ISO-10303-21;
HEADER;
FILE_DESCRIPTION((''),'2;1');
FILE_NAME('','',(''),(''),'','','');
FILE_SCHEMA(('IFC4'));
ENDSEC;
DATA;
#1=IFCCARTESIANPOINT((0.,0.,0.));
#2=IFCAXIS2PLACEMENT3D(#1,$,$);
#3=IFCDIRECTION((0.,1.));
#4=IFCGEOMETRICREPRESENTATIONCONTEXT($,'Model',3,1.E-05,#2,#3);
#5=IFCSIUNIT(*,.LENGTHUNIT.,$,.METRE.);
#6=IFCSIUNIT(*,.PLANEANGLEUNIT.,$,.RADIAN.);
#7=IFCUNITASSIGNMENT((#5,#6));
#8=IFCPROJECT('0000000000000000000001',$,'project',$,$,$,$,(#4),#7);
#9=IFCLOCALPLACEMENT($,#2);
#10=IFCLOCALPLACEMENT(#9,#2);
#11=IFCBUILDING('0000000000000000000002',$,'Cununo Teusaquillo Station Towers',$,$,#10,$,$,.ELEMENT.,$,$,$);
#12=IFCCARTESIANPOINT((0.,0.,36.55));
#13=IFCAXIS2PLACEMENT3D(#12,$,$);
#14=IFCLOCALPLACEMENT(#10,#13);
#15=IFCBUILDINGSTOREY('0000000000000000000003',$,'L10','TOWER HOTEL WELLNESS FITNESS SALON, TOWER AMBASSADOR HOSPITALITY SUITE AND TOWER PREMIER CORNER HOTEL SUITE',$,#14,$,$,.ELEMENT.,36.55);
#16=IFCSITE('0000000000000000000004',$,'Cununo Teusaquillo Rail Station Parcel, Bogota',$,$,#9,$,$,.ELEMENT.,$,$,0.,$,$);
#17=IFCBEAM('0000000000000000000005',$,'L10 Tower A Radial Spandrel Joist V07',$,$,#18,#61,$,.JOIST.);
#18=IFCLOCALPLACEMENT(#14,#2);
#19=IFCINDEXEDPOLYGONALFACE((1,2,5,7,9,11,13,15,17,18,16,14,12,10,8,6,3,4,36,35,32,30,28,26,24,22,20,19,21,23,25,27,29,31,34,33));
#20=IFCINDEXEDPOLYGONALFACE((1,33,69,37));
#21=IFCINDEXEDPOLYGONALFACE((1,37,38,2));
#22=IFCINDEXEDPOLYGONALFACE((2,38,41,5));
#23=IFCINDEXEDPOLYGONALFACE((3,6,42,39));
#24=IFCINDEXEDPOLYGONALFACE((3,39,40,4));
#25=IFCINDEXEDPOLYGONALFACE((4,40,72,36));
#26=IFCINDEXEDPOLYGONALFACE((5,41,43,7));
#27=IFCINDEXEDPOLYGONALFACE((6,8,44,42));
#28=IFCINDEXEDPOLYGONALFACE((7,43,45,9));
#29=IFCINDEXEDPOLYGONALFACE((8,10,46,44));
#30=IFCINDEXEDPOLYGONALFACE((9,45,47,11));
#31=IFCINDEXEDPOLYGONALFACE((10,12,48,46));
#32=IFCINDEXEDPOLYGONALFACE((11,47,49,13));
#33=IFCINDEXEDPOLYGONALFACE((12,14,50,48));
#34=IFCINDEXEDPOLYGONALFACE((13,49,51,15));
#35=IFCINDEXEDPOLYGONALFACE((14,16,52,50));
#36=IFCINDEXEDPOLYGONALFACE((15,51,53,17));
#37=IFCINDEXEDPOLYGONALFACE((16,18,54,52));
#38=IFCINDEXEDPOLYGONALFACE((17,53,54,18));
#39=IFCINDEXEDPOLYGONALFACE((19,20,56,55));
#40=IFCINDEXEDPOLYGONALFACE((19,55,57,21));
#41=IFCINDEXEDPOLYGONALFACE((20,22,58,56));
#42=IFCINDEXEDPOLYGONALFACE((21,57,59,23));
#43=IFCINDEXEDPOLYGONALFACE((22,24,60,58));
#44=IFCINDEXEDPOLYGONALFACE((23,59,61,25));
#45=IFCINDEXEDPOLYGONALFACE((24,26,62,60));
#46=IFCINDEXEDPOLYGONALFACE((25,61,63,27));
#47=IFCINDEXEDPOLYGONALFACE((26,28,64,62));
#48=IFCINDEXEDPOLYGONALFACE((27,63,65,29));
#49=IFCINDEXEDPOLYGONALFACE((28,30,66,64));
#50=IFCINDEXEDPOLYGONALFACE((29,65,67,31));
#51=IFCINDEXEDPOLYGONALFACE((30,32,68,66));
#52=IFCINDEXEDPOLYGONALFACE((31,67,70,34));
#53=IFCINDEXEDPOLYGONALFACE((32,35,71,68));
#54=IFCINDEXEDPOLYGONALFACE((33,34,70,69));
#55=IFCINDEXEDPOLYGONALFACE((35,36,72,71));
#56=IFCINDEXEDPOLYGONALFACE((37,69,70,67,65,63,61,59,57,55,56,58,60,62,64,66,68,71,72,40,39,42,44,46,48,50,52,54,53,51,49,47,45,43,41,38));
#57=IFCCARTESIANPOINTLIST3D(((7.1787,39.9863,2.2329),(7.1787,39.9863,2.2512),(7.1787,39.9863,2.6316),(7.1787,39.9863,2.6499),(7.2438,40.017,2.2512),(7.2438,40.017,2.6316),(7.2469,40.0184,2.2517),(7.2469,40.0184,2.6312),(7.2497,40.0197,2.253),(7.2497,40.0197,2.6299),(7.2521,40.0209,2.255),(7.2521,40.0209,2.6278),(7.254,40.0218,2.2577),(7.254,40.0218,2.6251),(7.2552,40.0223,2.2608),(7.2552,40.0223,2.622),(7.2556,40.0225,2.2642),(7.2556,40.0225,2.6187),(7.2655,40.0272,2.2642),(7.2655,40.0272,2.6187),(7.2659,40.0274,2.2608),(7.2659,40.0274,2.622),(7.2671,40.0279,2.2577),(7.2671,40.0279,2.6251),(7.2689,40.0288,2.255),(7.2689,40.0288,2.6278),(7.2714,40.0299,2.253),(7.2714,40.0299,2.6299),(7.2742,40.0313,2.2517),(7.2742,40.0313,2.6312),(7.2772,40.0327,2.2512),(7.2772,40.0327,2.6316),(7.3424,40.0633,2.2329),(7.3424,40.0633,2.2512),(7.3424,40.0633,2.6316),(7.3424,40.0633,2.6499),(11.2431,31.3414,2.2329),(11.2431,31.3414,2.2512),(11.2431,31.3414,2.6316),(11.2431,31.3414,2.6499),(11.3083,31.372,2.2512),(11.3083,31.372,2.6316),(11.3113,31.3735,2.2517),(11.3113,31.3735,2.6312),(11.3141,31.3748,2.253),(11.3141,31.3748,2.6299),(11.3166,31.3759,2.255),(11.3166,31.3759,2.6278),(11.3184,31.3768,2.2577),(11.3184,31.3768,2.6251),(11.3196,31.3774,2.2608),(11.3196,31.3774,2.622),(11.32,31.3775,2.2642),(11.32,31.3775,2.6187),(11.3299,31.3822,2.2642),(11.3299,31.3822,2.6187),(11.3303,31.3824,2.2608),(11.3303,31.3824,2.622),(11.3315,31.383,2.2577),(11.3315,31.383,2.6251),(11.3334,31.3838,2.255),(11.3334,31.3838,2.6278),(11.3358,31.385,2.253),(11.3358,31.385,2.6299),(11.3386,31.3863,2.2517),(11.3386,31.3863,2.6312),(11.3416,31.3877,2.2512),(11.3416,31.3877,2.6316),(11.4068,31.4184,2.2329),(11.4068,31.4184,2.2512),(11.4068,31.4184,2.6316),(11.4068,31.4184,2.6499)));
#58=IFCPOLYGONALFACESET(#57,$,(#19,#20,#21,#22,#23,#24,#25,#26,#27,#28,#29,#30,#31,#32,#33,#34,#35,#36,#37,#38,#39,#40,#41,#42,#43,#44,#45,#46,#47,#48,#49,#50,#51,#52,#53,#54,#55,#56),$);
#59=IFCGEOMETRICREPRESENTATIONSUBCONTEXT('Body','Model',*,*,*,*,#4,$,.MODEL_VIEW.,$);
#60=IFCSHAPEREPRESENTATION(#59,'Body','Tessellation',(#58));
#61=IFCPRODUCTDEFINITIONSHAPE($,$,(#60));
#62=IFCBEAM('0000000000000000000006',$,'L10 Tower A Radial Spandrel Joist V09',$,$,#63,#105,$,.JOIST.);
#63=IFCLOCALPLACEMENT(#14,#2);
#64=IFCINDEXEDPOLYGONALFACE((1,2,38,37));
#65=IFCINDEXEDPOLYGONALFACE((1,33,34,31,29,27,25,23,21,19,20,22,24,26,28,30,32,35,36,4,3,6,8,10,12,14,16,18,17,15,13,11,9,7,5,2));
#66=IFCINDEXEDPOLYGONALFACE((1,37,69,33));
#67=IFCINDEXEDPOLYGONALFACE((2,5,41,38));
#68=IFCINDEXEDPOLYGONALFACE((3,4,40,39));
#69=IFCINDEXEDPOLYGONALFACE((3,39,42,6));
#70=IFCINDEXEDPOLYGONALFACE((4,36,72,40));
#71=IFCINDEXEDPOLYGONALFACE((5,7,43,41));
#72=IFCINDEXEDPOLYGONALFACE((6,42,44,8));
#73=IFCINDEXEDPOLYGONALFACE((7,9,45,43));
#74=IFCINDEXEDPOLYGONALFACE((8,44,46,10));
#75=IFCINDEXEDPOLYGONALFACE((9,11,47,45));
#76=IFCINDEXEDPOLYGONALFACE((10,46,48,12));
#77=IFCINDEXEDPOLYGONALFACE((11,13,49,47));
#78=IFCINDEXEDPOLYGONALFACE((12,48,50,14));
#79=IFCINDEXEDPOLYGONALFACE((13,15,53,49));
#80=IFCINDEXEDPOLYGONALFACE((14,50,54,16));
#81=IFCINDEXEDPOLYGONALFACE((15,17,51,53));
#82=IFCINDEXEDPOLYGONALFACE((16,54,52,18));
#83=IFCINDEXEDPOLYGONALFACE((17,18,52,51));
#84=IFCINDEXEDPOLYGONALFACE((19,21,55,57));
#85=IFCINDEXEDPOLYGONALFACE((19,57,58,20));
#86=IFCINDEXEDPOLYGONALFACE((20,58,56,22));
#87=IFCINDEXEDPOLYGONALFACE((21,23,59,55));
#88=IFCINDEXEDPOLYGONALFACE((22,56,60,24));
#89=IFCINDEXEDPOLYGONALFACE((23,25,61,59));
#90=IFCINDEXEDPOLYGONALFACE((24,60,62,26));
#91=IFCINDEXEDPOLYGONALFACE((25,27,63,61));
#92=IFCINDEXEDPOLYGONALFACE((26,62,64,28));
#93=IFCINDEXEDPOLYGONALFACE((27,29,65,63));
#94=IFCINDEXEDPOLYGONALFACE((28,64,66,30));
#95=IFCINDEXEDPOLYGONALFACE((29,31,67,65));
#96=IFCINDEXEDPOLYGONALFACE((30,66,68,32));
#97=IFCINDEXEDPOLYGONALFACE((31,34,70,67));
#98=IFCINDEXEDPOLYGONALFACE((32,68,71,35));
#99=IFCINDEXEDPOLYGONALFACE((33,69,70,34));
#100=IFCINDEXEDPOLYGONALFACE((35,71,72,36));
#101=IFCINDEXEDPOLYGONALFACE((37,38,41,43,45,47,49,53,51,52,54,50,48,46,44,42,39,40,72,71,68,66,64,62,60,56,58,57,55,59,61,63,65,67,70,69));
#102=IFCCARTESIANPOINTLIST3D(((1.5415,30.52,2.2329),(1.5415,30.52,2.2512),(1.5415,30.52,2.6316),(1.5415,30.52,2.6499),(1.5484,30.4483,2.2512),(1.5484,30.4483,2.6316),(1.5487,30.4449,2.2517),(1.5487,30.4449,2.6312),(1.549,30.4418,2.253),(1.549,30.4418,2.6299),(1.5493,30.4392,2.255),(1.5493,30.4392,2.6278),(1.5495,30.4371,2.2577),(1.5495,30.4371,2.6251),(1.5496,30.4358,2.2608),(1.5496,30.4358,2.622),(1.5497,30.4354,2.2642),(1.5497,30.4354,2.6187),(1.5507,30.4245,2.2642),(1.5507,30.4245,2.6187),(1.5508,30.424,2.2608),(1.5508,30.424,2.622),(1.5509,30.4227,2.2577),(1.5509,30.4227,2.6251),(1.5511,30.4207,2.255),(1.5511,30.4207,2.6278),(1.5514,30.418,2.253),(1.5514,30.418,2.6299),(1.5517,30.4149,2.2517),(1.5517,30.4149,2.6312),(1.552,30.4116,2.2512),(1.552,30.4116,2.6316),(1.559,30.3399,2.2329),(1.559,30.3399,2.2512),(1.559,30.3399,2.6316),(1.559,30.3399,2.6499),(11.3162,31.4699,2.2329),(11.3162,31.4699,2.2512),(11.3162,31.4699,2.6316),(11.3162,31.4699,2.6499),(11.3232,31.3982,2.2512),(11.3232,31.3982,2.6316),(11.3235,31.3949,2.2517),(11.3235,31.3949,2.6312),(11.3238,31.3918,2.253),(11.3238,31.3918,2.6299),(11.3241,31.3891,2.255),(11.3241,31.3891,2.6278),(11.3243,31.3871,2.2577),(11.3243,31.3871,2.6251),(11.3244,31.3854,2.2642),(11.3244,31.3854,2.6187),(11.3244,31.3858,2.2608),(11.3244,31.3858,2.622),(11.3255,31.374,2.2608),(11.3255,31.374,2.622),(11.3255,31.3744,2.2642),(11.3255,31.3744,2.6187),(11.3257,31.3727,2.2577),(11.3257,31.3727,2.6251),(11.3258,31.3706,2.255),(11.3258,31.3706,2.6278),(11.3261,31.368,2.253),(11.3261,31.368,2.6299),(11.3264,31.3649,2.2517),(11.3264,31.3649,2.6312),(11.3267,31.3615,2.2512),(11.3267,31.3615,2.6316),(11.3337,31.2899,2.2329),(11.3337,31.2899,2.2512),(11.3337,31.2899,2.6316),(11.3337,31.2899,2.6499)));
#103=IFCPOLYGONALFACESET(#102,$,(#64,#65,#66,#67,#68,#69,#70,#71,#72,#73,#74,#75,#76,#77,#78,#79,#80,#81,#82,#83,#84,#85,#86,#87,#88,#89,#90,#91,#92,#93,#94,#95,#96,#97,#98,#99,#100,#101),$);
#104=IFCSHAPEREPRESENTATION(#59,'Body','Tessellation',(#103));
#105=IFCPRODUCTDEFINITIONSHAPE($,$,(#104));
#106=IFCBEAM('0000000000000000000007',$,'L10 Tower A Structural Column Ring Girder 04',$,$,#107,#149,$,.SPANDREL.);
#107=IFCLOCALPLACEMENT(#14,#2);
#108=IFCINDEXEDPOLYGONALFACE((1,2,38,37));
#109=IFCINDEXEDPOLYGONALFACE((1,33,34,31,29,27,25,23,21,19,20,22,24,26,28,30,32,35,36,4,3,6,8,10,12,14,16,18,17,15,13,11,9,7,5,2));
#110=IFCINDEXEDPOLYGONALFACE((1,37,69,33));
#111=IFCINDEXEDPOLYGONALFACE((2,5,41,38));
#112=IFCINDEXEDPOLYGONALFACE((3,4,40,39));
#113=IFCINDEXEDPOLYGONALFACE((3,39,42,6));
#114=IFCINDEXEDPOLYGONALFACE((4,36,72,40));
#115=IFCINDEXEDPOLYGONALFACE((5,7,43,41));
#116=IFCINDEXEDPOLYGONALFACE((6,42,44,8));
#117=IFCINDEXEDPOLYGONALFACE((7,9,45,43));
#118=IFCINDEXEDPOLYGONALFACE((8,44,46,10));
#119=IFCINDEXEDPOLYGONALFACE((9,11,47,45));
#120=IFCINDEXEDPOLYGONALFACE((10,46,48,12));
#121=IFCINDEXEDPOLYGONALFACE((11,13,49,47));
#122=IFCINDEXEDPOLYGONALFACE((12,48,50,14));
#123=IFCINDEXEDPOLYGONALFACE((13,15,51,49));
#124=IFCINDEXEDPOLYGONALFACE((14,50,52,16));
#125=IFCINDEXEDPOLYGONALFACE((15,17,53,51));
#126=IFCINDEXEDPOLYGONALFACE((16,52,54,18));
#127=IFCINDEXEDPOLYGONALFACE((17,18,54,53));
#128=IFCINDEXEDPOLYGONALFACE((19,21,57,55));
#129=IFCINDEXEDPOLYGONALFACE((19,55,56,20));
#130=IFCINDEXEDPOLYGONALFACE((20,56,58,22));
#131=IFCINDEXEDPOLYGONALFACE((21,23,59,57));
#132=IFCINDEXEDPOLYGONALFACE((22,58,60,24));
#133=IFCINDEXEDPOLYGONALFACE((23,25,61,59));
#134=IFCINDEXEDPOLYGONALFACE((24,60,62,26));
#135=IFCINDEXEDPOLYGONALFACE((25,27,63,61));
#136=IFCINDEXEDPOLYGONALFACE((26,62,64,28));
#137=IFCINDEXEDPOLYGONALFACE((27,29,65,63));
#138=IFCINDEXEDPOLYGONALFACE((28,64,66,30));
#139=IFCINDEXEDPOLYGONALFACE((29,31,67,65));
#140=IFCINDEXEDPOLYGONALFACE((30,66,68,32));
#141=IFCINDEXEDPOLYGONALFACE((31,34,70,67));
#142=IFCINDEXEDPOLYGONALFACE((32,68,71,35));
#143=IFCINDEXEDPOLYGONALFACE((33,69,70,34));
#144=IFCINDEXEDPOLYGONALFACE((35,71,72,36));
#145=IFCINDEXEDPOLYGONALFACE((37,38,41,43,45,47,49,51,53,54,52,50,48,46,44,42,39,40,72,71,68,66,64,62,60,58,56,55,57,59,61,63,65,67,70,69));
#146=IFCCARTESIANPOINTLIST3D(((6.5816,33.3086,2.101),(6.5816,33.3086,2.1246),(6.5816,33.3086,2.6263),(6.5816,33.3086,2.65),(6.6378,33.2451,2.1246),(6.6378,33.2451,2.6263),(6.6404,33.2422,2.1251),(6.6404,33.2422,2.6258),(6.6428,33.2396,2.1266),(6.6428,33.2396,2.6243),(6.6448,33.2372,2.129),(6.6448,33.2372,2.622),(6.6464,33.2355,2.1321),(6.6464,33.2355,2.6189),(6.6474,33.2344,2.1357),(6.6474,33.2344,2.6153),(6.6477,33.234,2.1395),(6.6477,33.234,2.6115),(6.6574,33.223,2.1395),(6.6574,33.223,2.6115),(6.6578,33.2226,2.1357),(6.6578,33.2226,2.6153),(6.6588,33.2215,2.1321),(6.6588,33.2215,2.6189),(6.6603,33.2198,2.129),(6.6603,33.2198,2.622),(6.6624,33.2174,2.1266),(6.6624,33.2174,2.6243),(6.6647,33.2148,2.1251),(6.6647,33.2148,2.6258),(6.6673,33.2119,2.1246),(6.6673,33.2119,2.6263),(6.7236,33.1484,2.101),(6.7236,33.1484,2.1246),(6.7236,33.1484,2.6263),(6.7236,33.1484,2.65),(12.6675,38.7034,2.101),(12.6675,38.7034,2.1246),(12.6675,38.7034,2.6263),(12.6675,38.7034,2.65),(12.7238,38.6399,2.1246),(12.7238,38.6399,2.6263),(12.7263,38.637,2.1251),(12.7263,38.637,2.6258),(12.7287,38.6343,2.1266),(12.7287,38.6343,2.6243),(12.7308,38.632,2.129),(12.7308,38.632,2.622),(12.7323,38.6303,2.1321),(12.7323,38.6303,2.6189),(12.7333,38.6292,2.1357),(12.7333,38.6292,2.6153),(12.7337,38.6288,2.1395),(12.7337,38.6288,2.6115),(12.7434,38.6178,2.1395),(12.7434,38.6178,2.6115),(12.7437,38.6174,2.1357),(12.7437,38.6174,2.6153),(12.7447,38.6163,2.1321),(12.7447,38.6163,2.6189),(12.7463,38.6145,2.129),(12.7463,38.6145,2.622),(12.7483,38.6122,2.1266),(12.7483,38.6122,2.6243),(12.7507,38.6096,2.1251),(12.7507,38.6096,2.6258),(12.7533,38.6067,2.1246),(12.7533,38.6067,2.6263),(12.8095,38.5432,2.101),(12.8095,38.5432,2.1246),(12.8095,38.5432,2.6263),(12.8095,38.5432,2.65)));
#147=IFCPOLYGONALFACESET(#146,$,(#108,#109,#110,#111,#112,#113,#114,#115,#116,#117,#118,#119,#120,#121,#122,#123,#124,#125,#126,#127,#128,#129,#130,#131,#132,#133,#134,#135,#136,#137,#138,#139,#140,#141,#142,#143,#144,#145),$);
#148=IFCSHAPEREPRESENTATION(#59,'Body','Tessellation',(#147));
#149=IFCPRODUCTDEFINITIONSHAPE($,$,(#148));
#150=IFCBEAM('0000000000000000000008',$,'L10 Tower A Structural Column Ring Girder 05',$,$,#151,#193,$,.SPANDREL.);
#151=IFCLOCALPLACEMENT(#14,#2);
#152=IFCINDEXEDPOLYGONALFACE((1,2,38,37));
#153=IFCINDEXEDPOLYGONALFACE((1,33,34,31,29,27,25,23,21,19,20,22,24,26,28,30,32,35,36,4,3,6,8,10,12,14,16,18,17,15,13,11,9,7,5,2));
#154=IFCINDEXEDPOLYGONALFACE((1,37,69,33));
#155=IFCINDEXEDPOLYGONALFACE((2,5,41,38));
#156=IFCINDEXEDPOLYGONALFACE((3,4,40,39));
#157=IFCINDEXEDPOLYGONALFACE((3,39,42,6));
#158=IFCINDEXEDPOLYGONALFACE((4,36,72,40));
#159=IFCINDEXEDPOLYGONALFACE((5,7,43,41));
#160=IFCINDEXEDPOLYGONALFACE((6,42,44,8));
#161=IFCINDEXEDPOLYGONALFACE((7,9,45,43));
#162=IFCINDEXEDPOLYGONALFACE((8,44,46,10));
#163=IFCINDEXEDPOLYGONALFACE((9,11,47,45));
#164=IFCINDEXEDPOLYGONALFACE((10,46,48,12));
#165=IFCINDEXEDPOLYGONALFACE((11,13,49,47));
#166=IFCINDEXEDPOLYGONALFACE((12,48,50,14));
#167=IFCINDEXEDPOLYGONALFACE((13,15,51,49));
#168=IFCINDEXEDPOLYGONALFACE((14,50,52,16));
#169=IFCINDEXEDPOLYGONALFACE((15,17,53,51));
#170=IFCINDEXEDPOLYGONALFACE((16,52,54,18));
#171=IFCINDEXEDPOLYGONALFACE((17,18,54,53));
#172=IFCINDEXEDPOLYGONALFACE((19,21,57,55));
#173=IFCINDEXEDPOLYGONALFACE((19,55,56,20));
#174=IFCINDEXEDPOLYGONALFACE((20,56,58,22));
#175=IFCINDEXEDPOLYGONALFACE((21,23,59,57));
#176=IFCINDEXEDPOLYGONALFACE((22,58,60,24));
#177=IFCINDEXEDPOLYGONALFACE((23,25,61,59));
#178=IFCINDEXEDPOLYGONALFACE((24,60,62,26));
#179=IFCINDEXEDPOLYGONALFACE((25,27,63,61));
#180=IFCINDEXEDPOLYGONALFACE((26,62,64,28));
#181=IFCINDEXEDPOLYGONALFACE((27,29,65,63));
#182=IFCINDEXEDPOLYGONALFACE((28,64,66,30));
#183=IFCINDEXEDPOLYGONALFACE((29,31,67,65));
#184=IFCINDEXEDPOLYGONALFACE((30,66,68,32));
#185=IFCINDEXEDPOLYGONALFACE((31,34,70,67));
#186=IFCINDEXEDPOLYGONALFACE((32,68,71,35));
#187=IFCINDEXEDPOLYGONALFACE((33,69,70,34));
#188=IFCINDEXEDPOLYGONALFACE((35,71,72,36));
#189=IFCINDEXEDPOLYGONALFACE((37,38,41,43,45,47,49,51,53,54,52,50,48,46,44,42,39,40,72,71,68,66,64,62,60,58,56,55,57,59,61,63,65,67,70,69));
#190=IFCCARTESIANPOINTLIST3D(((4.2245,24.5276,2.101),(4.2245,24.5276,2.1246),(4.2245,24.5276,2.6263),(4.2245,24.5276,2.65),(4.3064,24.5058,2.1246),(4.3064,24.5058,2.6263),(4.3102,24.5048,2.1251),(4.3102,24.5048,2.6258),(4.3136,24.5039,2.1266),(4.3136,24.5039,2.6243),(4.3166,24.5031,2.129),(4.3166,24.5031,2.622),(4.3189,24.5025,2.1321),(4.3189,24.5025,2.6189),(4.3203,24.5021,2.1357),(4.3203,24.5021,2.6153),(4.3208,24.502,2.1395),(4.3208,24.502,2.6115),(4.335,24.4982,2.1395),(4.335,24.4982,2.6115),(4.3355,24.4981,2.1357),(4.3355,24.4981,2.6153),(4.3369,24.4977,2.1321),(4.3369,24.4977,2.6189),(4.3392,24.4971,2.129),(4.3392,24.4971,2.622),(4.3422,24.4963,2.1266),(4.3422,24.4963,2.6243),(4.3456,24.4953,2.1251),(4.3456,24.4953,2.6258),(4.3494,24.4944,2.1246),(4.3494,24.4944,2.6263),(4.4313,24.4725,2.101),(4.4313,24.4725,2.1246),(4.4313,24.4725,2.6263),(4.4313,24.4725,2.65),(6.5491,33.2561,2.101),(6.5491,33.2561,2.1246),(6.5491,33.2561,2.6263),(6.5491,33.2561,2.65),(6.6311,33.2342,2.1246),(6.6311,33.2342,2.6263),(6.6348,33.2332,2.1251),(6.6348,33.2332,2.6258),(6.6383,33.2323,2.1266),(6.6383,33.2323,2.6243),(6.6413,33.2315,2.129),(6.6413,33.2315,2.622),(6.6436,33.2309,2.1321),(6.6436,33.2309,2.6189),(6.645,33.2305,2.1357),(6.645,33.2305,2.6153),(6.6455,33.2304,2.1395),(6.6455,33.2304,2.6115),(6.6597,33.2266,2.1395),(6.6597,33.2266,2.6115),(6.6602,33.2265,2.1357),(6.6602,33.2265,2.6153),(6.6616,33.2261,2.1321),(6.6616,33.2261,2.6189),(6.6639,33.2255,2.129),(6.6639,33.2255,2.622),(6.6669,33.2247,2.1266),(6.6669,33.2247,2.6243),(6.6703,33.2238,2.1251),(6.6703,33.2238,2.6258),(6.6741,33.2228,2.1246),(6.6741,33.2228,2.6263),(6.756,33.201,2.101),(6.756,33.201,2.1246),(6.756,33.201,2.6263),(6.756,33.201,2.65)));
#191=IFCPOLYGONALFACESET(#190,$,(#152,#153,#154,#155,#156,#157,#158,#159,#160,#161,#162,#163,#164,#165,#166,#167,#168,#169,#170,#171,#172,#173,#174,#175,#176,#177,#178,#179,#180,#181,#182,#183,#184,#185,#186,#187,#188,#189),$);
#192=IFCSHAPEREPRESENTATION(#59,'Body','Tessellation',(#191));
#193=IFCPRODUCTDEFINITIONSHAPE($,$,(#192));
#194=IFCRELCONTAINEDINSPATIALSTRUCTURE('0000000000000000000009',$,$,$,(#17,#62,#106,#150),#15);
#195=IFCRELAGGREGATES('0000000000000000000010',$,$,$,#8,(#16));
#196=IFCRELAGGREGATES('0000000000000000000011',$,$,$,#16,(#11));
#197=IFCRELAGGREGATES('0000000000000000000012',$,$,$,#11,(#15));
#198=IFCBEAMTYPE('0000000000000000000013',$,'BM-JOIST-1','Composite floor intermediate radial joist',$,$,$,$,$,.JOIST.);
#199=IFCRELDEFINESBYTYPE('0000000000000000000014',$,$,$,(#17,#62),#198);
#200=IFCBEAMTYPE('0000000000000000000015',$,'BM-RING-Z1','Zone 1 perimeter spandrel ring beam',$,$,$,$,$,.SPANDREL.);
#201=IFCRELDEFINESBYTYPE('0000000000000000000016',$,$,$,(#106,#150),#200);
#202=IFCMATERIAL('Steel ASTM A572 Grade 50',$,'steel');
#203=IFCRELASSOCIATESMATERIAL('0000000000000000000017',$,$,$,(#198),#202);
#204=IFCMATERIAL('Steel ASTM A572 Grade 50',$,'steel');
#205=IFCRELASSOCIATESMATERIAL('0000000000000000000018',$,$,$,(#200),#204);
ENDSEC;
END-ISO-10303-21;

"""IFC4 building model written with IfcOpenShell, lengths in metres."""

from ifc_helpers import new_model, si_unit, direction, frame, origin, origin_2d, place, context, subcontext, project, spatial, i_section, extrude, material, material_profile, profile_set, type_object, element, save


model = new_model("IFC4")

# Units and contexts
model_context = context("Model", 3, precision=1e-05, world=origin(), true_north=direction((0.0, 1.0)))
body_context = subcontext(model_context, "Body", "Model", "MODEL_VIEW")
ifc_project = project(units=[si_unit("LENGTHUNIT", "METRE"), si_unit("PLANEANGLEUNIT", "RADIAN")], contexts=[model_context])

# Site, building, storey
site_placement = place(None, origin())
site = spatial("IfcSite", under=ifc_project, at=site_placement, Name="Cununo Teusaquillo Rail Station Parcel, Bogota", CompositionType="ELEMENT", RefElevation=0.0)
building_placement = place(site_placement, origin())
building = spatial("IfcBuilding", under=site, at=building_placement, Name="Cununo Teusaquillo Station Towers", CompositionType="ELEMENT")
storey_placement = place(building_placement, frame((0.0, 0.0, 36.55)))
storey = spatial("IfcBuildingStorey", under=building, at=storey_placement, Name="L10", Description="TOWER HOTEL WELLNESS FITNESS SALON, TOWER AMBASSADOR HOSPITALITY SUITE AND TOWER PREMIER CORNER HOTEL SUITE", CompositionType="ELEMENT", Elevation=36.55)

# Beams
ifc_material_1 = material(Name="Steel ASTM A572 Grade 50", Category="steel")
ifc_material_profile_1 = material_profile(ifc_material_1, i_section(OverallWidth=0.1809, OverallDepth=0.417, WebThickness=0.011, FlangeThickness=0.0183, FilletRadius=0.0129, at=origin_2d()), Name="W16X57")
ifc_profile_set_1 = profile_set([ifc_material_profile_1], Name="Steel ASTM A572 Grade 50")
beam_type_1 = type_object("IfcBeamType", Name="BM-JOIST-1", Description="Composite floor intermediate radial joist", PredefinedType="JOIST", material=ifc_profile_set_1)
beam_1_placement = place(storey_placement, frame((11.325, 31.3799, 2.4414), z_axis=(-0.425472, 0.904972, 0.0), x_axis=(-0.904972, -0.425472, 0.0)))
element("IfcBeam", 1, at=beam_1_placement, inside=storey, type_object=beam_type_1, Name="L10 Tower A Radial Spandrel Joist V07", PredefinedType="JOIST", context=body_context, shape_type="SweptSolid", body=[
    extrude(i_section(OverallWidth=0.1809, OverallDepth=0.417, WebThickness=0.011, FlangeThickness=0.0183, FilletRadius=0.0129, at=origin_2d()), origin(), (0.0, 0.0, 1.0), 9.5527),
])
beam_2_placement = place(storey_placement, frame((11.325, 31.3799, 2.4414), z_axis=(-0.995311, -0.096729, 0.0), x_axis=(0.096729, -0.995311, 0.0)))
element("IfcBeam", 2, at=beam_2_placement, inside=storey, type_object=beam_type_1, Name="L10 Tower A Radial Spandrel Joist V09", PredefinedType="JOIST", context=body_context, shape_type="SweptSolid", body=[
    extrude(i_section(OverallWidth=0.1809, OverallDepth=0.417, WebThickness=0.011, FlangeThickness=0.0183, FilletRadius=0.0129, at=origin_2d()), origin(), (0.0, 0.0, 1.0), 9.8208),
])
ifc_material_2 = material(Name="Steel ASTM A572 Grade 50", Category="steel")
ifc_material_profile_2 = material_profile(ifc_material_2, i_section(OverallWidth=0.2141, OverallDepth=0.5491, WebThickness=0.0146, FlangeThickness=0.0237, FilletRadius=0.0149, at=origin_2d()), Name="W21X93")
ifc_profile_set_2 = profile_set([ifc_material_profile_2], Name="Steel ASTM A572 Grade 50")
beam_type_2 = type_object("IfcBeamType", Name="BM-RING-Z1", Description="Zone 1 perimeter spandrel ring beam", PredefinedType="SPANDREL", material=ifc_profile_set_2)
beam_3_placement = place(storey_placement, frame((12.7385, 38.6233, 2.3755), z_axis=(-0.748321, -0.663337, 0.0), x_axis=(0.663337, -0.748321, 0.0)))
element("IfcBeam", 3, at=beam_3_placement, inside=storey, type_object=beam_type_2, Name="L10 Tower A Structural Column Ring Girder 04", PredefinedType="SPANDREL", context=body_context, shape_type="SweptSolid", body=[
    extrude(i_section(OverallWidth=0.2141, OverallDepth=0.5491, WebThickness=0.0146, FlangeThickness=0.0237, FilletRadius=0.0149, at=origin_2d()), origin(), (0.0, 0.0, 1.0), 8.1328),
])
beam_4_placement = place(storey_placement, frame((6.6526, 33.2285, 2.3755), z_axis=(-0.257363, -0.966315, 0.0), x_axis=(0.966315, -0.257363, 0.0)))
element("IfcBeam", 4, at=beam_4_placement, inside=storey, type_object=beam_type_2, Name="L10 Tower A Structural Column Ring Girder 05", PredefinedType="SPANDREL", context=body_context, shape_type="SweptSolid", body=[
    extrude(i_section(OverallWidth=0.2141, OverallDepth=0.5491, WebThickness=0.0146, FlangeThickness=0.0237, FilletRadius=0.0149, at=origin_2d()), origin(), (0.0, 0.0, 1.0), 9.0327),
])

save(model, "model.ifc")
